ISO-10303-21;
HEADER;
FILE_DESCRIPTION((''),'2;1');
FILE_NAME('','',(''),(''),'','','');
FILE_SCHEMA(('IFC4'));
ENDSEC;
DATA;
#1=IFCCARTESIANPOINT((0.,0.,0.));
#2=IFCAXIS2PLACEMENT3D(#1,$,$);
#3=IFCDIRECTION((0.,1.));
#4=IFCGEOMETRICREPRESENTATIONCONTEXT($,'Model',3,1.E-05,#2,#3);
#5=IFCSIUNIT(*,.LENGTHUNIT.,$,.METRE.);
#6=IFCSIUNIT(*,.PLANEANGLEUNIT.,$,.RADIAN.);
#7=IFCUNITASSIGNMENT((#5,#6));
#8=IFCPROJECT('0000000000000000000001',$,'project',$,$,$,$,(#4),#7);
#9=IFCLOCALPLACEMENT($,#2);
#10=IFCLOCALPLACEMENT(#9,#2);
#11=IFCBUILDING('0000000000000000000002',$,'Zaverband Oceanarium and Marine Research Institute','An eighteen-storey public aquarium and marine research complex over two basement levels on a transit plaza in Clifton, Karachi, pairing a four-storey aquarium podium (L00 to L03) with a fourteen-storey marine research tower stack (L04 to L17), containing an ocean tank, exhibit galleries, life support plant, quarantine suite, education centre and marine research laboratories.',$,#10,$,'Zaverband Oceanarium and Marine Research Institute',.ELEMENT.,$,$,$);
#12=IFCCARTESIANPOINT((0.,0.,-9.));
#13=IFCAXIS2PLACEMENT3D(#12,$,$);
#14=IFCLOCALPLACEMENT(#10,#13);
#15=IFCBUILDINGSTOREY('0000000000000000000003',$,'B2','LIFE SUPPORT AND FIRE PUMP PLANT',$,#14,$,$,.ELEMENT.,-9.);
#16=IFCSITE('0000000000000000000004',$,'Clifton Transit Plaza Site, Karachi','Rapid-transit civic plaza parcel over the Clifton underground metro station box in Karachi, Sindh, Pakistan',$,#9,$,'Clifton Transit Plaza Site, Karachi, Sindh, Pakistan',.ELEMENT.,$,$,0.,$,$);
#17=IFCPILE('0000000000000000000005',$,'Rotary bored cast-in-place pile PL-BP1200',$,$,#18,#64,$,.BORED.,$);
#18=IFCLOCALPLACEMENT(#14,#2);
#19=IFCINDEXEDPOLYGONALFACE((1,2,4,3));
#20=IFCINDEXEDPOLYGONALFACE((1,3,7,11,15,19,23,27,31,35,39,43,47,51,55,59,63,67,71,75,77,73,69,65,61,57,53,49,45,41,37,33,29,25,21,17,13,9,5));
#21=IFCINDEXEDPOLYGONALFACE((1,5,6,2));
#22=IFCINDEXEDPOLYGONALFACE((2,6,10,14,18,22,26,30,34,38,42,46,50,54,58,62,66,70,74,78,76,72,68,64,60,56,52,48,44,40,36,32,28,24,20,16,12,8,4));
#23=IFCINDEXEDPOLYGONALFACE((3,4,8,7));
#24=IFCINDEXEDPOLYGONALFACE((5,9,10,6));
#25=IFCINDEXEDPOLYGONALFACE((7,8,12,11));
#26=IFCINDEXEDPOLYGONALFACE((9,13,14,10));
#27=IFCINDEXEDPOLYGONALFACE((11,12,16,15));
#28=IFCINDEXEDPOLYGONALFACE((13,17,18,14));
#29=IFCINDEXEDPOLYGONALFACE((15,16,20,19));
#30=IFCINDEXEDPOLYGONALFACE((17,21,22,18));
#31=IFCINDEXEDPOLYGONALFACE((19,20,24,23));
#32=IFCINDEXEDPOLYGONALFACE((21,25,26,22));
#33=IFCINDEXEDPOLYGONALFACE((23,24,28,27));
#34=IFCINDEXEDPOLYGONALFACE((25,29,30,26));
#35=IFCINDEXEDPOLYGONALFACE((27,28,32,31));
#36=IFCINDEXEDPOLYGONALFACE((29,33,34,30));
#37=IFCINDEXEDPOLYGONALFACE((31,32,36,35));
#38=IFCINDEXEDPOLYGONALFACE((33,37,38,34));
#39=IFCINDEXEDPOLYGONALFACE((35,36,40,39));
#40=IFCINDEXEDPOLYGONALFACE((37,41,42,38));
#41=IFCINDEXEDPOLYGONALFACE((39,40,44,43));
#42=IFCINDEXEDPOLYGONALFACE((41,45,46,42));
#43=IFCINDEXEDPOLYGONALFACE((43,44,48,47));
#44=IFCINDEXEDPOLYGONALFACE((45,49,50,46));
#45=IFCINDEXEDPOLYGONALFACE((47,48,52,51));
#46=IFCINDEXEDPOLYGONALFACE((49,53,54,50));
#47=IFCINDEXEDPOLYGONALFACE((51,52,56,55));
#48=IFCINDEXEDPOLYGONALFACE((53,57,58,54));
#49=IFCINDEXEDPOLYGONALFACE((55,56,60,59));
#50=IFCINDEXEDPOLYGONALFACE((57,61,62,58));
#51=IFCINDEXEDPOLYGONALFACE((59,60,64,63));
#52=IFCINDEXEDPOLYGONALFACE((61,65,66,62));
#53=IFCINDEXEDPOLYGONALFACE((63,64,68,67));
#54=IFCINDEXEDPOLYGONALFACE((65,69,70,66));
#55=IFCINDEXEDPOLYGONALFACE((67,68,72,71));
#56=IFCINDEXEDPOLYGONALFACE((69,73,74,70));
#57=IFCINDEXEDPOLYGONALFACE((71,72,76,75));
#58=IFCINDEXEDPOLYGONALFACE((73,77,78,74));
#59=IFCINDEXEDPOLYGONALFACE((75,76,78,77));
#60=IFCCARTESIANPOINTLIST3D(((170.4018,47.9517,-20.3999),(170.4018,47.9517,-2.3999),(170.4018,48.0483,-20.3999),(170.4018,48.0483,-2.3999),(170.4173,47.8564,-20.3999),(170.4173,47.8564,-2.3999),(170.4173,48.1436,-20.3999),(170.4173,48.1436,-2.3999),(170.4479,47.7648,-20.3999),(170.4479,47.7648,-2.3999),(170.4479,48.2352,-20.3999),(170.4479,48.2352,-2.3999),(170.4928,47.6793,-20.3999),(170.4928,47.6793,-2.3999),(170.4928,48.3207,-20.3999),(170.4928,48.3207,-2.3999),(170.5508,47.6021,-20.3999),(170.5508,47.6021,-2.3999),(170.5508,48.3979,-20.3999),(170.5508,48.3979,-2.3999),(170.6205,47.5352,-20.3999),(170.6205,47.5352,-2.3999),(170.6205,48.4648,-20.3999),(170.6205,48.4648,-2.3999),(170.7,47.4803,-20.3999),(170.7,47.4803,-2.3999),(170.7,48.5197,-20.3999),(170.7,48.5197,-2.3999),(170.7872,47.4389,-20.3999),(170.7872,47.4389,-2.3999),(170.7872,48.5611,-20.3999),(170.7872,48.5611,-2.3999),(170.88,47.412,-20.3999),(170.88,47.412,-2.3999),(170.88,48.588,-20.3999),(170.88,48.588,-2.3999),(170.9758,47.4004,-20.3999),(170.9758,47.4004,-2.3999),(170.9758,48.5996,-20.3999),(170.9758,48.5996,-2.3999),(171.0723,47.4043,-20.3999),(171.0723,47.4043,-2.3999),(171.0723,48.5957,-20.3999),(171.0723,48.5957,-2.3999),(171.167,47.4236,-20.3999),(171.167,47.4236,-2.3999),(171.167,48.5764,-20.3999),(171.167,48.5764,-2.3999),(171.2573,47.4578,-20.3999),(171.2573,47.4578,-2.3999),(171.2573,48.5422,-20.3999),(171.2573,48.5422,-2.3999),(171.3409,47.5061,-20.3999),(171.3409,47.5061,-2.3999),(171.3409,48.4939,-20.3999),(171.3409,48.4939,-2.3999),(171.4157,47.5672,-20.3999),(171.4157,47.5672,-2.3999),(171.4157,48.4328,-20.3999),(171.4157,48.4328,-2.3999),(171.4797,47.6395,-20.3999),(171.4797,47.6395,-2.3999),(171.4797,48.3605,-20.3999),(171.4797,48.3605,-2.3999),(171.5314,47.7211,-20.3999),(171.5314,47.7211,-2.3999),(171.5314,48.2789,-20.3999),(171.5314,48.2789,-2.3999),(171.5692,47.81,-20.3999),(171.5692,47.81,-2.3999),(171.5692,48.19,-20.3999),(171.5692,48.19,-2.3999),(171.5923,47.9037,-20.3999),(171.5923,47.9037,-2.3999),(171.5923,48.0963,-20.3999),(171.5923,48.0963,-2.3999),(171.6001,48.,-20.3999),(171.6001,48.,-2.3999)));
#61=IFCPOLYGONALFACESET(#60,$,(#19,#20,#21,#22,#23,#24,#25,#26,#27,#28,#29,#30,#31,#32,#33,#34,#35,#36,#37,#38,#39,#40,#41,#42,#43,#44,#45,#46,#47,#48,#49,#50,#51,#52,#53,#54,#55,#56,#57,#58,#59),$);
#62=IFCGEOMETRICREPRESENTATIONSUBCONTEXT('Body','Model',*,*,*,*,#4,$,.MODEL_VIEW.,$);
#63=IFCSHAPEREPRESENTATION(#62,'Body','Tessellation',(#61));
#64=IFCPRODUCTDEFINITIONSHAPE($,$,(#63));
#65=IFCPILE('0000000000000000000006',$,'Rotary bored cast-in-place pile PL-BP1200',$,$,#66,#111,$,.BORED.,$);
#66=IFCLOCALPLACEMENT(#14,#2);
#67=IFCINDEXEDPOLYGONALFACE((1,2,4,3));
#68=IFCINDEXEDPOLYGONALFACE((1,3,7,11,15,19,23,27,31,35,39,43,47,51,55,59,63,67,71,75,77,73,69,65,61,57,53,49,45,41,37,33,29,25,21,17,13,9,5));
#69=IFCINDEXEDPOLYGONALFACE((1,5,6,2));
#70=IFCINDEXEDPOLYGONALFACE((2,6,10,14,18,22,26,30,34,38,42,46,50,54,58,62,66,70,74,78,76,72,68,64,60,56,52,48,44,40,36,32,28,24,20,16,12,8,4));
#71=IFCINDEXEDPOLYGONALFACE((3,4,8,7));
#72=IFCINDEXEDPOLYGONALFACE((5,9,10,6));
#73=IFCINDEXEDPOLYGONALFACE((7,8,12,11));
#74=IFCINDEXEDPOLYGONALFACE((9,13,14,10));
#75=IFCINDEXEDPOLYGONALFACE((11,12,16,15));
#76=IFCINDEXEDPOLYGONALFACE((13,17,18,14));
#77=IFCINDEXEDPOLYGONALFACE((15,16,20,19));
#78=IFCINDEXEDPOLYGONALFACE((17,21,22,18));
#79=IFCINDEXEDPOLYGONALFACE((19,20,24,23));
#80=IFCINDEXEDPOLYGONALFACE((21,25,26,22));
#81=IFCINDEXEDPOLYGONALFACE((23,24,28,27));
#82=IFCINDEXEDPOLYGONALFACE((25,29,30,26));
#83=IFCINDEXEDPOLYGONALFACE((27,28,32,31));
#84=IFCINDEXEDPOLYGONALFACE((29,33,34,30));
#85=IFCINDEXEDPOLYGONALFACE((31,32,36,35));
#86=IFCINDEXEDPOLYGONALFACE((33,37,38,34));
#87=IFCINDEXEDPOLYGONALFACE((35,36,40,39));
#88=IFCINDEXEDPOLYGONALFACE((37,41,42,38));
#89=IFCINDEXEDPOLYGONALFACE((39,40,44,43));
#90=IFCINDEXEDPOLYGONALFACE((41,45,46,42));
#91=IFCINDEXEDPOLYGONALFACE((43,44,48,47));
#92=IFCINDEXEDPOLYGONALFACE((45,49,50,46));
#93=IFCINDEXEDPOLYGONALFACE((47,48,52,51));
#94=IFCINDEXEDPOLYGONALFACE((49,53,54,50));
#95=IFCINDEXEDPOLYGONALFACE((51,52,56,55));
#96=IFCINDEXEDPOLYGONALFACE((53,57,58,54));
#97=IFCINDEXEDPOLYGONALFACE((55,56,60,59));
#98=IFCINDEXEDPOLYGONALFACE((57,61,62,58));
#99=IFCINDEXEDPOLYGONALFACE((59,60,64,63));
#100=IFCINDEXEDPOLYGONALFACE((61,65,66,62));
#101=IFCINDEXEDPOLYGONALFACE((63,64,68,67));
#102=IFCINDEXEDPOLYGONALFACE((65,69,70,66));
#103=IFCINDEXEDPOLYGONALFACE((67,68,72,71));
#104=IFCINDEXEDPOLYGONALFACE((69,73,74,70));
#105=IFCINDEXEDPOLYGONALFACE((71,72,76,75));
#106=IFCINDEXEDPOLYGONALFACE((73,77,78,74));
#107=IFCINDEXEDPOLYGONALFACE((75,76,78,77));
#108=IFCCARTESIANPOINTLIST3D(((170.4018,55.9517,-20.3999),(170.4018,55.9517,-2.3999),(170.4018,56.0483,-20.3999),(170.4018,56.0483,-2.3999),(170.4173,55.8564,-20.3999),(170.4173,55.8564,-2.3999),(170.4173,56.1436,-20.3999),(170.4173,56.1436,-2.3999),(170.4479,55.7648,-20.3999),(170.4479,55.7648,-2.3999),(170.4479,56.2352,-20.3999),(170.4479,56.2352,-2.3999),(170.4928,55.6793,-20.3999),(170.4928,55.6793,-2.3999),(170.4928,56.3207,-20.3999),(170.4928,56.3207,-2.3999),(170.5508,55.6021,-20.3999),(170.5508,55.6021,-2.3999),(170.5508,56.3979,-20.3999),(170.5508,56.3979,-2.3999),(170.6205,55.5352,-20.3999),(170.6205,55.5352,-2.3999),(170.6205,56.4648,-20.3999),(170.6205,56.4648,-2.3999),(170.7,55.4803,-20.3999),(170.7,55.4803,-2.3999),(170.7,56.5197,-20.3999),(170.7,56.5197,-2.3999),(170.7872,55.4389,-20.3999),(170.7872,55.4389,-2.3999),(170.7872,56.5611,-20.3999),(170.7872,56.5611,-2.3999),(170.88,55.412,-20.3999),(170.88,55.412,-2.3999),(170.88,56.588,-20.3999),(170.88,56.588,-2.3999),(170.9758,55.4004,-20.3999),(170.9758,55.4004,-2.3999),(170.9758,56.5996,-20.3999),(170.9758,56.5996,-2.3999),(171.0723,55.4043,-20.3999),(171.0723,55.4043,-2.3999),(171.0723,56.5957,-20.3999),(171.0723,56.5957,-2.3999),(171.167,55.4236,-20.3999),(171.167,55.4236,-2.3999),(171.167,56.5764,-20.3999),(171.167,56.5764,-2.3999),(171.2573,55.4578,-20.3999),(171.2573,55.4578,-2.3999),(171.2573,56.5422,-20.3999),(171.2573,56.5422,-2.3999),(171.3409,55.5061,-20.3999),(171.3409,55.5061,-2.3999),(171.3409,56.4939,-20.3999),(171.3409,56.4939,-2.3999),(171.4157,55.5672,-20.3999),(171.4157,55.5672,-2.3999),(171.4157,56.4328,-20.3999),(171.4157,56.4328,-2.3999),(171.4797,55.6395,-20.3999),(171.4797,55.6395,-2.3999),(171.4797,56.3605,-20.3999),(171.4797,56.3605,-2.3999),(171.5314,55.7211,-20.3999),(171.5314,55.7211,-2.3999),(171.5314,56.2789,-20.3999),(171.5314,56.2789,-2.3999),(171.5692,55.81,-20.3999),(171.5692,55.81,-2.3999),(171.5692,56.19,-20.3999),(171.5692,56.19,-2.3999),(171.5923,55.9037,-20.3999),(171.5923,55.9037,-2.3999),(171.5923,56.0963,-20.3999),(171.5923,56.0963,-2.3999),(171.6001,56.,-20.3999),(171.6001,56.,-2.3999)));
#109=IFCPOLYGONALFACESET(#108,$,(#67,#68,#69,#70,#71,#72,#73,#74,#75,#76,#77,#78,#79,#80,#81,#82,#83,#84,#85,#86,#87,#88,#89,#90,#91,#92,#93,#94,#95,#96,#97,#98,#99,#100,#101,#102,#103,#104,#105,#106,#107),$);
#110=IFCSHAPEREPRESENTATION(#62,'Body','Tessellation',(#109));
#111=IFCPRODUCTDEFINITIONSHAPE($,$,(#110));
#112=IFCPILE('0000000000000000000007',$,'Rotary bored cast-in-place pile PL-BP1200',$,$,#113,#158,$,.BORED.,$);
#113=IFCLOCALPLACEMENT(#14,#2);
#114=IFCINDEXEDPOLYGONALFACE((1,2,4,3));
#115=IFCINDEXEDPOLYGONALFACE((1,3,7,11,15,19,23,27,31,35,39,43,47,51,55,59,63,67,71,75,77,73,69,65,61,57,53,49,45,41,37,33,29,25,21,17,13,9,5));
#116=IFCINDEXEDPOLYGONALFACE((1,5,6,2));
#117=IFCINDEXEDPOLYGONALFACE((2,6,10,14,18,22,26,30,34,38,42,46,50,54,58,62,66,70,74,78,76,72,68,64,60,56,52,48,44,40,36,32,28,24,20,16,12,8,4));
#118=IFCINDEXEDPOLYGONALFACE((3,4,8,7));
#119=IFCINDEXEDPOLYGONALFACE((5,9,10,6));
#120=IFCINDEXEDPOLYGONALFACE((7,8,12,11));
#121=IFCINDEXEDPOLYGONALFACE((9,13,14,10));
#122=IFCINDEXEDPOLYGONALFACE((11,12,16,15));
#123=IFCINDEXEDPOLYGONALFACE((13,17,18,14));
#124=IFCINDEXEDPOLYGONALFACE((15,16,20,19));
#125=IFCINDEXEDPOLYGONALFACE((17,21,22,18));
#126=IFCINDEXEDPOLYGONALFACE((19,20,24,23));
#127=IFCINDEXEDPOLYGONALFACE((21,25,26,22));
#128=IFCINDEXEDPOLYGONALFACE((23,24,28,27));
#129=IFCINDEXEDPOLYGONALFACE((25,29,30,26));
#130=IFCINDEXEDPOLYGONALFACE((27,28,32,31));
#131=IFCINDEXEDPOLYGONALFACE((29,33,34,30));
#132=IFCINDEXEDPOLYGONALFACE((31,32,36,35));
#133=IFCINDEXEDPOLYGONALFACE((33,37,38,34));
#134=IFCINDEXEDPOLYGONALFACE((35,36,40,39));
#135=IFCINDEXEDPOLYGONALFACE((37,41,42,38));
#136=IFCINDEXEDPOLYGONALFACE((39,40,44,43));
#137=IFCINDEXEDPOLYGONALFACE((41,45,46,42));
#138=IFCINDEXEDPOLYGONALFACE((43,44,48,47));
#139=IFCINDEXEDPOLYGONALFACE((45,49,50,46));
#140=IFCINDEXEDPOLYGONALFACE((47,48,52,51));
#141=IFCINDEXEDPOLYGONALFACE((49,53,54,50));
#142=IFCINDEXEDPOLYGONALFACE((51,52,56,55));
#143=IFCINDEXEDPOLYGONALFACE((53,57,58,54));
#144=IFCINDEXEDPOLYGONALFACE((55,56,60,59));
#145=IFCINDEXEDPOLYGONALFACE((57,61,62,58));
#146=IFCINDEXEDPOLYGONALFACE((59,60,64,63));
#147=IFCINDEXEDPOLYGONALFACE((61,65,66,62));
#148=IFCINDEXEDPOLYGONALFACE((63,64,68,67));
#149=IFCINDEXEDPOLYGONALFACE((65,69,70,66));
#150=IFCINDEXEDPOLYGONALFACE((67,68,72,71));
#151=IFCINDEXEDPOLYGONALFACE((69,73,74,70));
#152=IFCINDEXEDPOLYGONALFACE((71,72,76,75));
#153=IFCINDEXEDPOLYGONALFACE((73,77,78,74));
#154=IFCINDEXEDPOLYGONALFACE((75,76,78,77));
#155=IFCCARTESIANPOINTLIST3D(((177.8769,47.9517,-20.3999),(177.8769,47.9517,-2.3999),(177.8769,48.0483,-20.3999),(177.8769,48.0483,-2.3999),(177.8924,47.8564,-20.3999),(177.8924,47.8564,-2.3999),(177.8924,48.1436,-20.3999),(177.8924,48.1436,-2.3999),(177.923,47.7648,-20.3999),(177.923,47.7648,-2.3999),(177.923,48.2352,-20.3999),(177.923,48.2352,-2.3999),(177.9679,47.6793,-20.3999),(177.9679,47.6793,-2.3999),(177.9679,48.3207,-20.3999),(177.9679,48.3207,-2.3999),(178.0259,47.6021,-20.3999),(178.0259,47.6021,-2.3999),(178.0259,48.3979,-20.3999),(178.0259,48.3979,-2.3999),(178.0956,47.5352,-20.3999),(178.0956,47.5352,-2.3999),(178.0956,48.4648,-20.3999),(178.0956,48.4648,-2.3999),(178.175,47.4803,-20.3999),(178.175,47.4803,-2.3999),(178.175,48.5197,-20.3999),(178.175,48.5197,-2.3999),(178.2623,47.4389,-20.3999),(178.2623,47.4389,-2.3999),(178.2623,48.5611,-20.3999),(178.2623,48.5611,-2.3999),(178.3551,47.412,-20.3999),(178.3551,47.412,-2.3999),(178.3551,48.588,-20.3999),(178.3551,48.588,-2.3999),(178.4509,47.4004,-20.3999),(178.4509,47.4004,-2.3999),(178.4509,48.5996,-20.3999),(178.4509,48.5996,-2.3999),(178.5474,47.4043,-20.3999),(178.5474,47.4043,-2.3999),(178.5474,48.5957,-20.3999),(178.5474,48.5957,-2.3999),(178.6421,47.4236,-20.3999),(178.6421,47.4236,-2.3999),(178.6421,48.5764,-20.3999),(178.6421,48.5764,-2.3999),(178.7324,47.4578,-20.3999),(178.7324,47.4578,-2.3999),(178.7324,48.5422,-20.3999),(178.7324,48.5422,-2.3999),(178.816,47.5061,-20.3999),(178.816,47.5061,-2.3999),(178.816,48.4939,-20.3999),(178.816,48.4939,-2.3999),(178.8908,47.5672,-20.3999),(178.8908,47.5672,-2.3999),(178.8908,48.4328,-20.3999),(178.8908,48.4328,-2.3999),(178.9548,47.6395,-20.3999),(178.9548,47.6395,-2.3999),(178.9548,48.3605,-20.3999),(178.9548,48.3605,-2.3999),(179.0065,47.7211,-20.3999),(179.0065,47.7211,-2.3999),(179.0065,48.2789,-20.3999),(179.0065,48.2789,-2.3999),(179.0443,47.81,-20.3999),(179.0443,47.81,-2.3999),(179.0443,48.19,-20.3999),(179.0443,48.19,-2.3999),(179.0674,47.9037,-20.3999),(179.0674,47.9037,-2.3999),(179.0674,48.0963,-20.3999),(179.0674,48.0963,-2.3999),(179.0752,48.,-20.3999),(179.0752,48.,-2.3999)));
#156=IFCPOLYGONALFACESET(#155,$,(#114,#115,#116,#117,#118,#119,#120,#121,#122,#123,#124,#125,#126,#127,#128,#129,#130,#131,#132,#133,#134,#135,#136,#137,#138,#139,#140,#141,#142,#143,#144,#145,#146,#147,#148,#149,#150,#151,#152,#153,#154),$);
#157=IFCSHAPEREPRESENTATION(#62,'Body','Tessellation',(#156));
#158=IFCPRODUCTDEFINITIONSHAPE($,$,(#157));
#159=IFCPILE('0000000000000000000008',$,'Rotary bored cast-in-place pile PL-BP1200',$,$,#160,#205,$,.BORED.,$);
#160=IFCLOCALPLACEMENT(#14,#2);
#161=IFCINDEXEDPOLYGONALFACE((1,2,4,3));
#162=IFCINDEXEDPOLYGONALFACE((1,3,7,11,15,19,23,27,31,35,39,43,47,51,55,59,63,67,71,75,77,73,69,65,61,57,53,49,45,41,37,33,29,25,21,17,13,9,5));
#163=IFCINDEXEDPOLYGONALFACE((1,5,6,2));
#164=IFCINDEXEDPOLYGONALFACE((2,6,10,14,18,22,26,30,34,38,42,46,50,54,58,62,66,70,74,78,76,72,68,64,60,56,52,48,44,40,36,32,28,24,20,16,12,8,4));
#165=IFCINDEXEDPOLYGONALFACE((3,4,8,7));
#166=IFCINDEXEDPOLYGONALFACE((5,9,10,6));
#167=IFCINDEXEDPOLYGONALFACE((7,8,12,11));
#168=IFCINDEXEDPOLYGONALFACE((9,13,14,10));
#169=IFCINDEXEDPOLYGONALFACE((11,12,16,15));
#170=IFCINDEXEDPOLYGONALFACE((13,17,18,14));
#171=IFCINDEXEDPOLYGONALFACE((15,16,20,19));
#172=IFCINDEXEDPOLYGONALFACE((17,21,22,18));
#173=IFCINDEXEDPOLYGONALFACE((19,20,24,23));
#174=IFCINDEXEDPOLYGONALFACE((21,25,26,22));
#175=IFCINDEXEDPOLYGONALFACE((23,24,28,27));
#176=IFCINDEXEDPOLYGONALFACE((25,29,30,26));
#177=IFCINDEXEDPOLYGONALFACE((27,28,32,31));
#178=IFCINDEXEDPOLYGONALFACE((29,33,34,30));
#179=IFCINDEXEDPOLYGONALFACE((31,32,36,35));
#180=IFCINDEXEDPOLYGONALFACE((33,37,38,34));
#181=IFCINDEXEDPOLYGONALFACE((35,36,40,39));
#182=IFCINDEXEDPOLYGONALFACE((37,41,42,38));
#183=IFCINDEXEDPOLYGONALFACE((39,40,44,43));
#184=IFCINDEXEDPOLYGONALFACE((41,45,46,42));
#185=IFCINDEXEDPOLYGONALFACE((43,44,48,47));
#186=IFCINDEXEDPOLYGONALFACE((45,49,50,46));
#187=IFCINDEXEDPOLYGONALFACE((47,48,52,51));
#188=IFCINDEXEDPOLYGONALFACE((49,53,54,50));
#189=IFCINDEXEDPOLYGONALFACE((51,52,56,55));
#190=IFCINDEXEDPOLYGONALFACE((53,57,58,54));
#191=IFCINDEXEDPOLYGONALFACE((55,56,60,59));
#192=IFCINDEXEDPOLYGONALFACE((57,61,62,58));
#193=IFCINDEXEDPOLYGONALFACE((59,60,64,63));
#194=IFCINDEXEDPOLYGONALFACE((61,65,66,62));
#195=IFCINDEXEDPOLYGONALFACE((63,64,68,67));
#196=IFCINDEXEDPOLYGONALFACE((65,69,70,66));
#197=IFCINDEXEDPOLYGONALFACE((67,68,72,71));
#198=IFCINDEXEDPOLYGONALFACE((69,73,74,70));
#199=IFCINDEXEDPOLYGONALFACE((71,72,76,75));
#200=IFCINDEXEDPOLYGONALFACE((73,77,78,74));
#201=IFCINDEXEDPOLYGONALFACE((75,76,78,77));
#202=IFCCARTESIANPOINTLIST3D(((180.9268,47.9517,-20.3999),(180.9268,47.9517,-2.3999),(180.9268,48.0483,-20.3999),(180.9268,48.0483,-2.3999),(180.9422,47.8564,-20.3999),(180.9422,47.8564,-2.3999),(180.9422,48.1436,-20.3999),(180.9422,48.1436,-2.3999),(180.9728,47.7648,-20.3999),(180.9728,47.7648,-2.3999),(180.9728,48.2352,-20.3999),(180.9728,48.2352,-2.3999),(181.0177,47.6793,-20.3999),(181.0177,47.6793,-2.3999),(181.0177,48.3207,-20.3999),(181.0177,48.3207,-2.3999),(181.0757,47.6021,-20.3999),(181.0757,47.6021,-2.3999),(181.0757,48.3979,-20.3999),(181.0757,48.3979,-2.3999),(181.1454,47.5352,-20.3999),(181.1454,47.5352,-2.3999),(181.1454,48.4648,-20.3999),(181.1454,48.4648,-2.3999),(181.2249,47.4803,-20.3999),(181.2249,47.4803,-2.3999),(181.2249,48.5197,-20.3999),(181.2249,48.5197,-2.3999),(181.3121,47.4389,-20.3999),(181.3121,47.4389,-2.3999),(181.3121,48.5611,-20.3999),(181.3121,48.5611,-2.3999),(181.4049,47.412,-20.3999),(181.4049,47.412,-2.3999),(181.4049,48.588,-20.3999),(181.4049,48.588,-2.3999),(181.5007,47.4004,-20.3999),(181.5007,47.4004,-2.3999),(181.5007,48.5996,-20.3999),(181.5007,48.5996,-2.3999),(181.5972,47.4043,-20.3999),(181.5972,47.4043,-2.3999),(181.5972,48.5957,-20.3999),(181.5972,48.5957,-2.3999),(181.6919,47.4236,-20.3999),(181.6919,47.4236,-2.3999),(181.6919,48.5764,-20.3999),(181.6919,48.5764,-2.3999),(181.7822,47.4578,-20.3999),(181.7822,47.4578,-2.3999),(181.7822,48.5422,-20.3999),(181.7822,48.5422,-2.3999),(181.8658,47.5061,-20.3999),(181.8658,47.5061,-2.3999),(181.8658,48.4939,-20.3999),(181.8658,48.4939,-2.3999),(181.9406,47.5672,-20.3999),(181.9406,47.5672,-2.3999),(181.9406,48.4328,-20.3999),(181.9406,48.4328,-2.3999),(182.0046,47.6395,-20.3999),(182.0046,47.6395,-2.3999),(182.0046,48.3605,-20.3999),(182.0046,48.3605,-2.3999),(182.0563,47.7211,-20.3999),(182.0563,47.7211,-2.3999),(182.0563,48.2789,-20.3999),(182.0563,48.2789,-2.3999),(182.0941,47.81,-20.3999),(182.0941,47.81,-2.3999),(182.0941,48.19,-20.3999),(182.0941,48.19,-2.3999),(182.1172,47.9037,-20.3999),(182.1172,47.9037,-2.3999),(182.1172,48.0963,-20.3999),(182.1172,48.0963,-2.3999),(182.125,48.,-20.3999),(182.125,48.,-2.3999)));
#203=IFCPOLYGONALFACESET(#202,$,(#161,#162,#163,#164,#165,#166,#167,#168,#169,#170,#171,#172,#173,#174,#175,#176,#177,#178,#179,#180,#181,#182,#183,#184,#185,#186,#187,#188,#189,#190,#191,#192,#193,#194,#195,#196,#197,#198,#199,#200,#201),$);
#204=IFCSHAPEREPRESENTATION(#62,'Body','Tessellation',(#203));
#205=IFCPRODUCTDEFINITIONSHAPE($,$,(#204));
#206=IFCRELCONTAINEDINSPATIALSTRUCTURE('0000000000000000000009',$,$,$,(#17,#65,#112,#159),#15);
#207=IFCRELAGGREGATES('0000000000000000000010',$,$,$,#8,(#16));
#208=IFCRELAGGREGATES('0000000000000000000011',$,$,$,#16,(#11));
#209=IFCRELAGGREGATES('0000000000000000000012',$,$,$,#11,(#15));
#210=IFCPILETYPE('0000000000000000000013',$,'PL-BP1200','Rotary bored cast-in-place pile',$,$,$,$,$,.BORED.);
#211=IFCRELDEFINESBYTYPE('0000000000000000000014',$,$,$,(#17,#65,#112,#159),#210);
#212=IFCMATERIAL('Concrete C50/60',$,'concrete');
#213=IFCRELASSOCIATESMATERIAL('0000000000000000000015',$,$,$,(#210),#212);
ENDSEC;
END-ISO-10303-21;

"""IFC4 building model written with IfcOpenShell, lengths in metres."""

from ifc_helpers import new_model, si_unit, direction, frame, origin, origin_2d, place, context, subcontext, project, spatial, circle, extrude, material, material_profile, profile_set, type_object, element, save


model = new_model("IFC4")

# Units and contexts
model_context = context("Model", 3, precision=1e-05, world=origin(), true_north=direction((0.0, 1.0)))
body_context = subcontext(model_context, "Body", "Model", "MODEL_VIEW")
ifc_project = project(units=[si_unit("LENGTHUNIT", "METRE"), si_unit("PLANEANGLEUNIT", "RADIAN")], contexts=[model_context])

# Site, building, storey
site_placement = place(None, origin())
site = spatial("IfcSite", under=ifc_project, at=site_placement, Name="Clifton Transit Plaza Site, Karachi", Description="Rapid-transit civic plaza parcel over the Clifton underground metro station box in Karachi, Sindh, Pakistan", LongName="Clifton Transit Plaza Site, Karachi, Sindh, Pakistan", CompositionType="ELEMENT", RefElevation=0.0)
building_placement = place(site_placement, origin())
building = spatial("IfcBuilding", under=site, at=building_placement, Name="Zaverband Oceanarium and Marine Research Institute", Description="An eighteen-storey public aquarium and marine research complex over two basement levels on a transit plaza in Clifton, Karachi, pairing a four-storey aquarium podium (L00 to L03) with a fourteen-storey marine research tower stack (L04 to L17), containing an ocean tank, exhibit galleries, life support plant, quarantine suite, education centre and marine research laboratories.", LongName="Zaverband Oceanarium and Marine Research Institute", CompositionType="ELEMENT")
storey_placement = place(building_placement, frame((0.0, 0.0, -9.0)))
storey = spatial("IfcBuildingStorey", under=building, at=storey_placement, Name="B2", Description="LIFE SUPPORT AND FIRE PUMP PLANT", CompositionType="ELEMENT", Elevation=-9.0)

# Shared definitions
ifc_material_1 = material(Name="Concrete C50/60", Category="concrete")

# Piles
ifc_material_profile_1 = material_profile(ifc_material_1, circle(Radius=0.6001, at=origin_2d()), Name="BP1200")
ifc_profile_set_1 = profile_set([ifc_material_profile_1], Name="Concrete C50/60")
pile_type_1 = type_object("IfcPileType", Name="PL-BP1200", Description="Rotary bored cast-in-place pile", PredefinedType="BORED", material=ifc_profile_set_1)
for number, where, z_axis, x_axis, name in (
    (1, (171.0, 48.0, -2.3999), (0.0, 0.0, -1.0), (1.0, 0.0, 0.0), "Rotary bored cast-in-place pile PL-BP1200"),
    (2, (171.0, 56.0, -2.3999), (0.0, 0.0, -1.0), (1.0, 0.0, 0.0), "Rotary bored cast-in-place pile PL-BP1200"),
    (3, (178.4751, 48.0, -2.3999), (0.0, 0.0, -1.0), (1.0, 0.0, 0.0), "Rotary bored cast-in-place pile PL-BP1200"),
    (4, (181.5249, 48.0, -2.3999), (0.0, 0.0, -1.0), (1.0, 0.0, 0.0), "Rotary bored cast-in-place pile PL-BP1200"),
):
    element("IfcPile", number, at=place(storey_placement, frame(where, z_axis=z_axis, x_axis=x_axis)), inside=storey, type_object=pile_type_1, Name=name, PredefinedType="BORED", context=body_context, shape_type="SweptSolid", body=[
        extrude(circle(Radius=0.6001, at=origin_2d()), origin(), (0.0, 0.0, 1.0), 18.0),
    ])

save(model, "model.ifc")
